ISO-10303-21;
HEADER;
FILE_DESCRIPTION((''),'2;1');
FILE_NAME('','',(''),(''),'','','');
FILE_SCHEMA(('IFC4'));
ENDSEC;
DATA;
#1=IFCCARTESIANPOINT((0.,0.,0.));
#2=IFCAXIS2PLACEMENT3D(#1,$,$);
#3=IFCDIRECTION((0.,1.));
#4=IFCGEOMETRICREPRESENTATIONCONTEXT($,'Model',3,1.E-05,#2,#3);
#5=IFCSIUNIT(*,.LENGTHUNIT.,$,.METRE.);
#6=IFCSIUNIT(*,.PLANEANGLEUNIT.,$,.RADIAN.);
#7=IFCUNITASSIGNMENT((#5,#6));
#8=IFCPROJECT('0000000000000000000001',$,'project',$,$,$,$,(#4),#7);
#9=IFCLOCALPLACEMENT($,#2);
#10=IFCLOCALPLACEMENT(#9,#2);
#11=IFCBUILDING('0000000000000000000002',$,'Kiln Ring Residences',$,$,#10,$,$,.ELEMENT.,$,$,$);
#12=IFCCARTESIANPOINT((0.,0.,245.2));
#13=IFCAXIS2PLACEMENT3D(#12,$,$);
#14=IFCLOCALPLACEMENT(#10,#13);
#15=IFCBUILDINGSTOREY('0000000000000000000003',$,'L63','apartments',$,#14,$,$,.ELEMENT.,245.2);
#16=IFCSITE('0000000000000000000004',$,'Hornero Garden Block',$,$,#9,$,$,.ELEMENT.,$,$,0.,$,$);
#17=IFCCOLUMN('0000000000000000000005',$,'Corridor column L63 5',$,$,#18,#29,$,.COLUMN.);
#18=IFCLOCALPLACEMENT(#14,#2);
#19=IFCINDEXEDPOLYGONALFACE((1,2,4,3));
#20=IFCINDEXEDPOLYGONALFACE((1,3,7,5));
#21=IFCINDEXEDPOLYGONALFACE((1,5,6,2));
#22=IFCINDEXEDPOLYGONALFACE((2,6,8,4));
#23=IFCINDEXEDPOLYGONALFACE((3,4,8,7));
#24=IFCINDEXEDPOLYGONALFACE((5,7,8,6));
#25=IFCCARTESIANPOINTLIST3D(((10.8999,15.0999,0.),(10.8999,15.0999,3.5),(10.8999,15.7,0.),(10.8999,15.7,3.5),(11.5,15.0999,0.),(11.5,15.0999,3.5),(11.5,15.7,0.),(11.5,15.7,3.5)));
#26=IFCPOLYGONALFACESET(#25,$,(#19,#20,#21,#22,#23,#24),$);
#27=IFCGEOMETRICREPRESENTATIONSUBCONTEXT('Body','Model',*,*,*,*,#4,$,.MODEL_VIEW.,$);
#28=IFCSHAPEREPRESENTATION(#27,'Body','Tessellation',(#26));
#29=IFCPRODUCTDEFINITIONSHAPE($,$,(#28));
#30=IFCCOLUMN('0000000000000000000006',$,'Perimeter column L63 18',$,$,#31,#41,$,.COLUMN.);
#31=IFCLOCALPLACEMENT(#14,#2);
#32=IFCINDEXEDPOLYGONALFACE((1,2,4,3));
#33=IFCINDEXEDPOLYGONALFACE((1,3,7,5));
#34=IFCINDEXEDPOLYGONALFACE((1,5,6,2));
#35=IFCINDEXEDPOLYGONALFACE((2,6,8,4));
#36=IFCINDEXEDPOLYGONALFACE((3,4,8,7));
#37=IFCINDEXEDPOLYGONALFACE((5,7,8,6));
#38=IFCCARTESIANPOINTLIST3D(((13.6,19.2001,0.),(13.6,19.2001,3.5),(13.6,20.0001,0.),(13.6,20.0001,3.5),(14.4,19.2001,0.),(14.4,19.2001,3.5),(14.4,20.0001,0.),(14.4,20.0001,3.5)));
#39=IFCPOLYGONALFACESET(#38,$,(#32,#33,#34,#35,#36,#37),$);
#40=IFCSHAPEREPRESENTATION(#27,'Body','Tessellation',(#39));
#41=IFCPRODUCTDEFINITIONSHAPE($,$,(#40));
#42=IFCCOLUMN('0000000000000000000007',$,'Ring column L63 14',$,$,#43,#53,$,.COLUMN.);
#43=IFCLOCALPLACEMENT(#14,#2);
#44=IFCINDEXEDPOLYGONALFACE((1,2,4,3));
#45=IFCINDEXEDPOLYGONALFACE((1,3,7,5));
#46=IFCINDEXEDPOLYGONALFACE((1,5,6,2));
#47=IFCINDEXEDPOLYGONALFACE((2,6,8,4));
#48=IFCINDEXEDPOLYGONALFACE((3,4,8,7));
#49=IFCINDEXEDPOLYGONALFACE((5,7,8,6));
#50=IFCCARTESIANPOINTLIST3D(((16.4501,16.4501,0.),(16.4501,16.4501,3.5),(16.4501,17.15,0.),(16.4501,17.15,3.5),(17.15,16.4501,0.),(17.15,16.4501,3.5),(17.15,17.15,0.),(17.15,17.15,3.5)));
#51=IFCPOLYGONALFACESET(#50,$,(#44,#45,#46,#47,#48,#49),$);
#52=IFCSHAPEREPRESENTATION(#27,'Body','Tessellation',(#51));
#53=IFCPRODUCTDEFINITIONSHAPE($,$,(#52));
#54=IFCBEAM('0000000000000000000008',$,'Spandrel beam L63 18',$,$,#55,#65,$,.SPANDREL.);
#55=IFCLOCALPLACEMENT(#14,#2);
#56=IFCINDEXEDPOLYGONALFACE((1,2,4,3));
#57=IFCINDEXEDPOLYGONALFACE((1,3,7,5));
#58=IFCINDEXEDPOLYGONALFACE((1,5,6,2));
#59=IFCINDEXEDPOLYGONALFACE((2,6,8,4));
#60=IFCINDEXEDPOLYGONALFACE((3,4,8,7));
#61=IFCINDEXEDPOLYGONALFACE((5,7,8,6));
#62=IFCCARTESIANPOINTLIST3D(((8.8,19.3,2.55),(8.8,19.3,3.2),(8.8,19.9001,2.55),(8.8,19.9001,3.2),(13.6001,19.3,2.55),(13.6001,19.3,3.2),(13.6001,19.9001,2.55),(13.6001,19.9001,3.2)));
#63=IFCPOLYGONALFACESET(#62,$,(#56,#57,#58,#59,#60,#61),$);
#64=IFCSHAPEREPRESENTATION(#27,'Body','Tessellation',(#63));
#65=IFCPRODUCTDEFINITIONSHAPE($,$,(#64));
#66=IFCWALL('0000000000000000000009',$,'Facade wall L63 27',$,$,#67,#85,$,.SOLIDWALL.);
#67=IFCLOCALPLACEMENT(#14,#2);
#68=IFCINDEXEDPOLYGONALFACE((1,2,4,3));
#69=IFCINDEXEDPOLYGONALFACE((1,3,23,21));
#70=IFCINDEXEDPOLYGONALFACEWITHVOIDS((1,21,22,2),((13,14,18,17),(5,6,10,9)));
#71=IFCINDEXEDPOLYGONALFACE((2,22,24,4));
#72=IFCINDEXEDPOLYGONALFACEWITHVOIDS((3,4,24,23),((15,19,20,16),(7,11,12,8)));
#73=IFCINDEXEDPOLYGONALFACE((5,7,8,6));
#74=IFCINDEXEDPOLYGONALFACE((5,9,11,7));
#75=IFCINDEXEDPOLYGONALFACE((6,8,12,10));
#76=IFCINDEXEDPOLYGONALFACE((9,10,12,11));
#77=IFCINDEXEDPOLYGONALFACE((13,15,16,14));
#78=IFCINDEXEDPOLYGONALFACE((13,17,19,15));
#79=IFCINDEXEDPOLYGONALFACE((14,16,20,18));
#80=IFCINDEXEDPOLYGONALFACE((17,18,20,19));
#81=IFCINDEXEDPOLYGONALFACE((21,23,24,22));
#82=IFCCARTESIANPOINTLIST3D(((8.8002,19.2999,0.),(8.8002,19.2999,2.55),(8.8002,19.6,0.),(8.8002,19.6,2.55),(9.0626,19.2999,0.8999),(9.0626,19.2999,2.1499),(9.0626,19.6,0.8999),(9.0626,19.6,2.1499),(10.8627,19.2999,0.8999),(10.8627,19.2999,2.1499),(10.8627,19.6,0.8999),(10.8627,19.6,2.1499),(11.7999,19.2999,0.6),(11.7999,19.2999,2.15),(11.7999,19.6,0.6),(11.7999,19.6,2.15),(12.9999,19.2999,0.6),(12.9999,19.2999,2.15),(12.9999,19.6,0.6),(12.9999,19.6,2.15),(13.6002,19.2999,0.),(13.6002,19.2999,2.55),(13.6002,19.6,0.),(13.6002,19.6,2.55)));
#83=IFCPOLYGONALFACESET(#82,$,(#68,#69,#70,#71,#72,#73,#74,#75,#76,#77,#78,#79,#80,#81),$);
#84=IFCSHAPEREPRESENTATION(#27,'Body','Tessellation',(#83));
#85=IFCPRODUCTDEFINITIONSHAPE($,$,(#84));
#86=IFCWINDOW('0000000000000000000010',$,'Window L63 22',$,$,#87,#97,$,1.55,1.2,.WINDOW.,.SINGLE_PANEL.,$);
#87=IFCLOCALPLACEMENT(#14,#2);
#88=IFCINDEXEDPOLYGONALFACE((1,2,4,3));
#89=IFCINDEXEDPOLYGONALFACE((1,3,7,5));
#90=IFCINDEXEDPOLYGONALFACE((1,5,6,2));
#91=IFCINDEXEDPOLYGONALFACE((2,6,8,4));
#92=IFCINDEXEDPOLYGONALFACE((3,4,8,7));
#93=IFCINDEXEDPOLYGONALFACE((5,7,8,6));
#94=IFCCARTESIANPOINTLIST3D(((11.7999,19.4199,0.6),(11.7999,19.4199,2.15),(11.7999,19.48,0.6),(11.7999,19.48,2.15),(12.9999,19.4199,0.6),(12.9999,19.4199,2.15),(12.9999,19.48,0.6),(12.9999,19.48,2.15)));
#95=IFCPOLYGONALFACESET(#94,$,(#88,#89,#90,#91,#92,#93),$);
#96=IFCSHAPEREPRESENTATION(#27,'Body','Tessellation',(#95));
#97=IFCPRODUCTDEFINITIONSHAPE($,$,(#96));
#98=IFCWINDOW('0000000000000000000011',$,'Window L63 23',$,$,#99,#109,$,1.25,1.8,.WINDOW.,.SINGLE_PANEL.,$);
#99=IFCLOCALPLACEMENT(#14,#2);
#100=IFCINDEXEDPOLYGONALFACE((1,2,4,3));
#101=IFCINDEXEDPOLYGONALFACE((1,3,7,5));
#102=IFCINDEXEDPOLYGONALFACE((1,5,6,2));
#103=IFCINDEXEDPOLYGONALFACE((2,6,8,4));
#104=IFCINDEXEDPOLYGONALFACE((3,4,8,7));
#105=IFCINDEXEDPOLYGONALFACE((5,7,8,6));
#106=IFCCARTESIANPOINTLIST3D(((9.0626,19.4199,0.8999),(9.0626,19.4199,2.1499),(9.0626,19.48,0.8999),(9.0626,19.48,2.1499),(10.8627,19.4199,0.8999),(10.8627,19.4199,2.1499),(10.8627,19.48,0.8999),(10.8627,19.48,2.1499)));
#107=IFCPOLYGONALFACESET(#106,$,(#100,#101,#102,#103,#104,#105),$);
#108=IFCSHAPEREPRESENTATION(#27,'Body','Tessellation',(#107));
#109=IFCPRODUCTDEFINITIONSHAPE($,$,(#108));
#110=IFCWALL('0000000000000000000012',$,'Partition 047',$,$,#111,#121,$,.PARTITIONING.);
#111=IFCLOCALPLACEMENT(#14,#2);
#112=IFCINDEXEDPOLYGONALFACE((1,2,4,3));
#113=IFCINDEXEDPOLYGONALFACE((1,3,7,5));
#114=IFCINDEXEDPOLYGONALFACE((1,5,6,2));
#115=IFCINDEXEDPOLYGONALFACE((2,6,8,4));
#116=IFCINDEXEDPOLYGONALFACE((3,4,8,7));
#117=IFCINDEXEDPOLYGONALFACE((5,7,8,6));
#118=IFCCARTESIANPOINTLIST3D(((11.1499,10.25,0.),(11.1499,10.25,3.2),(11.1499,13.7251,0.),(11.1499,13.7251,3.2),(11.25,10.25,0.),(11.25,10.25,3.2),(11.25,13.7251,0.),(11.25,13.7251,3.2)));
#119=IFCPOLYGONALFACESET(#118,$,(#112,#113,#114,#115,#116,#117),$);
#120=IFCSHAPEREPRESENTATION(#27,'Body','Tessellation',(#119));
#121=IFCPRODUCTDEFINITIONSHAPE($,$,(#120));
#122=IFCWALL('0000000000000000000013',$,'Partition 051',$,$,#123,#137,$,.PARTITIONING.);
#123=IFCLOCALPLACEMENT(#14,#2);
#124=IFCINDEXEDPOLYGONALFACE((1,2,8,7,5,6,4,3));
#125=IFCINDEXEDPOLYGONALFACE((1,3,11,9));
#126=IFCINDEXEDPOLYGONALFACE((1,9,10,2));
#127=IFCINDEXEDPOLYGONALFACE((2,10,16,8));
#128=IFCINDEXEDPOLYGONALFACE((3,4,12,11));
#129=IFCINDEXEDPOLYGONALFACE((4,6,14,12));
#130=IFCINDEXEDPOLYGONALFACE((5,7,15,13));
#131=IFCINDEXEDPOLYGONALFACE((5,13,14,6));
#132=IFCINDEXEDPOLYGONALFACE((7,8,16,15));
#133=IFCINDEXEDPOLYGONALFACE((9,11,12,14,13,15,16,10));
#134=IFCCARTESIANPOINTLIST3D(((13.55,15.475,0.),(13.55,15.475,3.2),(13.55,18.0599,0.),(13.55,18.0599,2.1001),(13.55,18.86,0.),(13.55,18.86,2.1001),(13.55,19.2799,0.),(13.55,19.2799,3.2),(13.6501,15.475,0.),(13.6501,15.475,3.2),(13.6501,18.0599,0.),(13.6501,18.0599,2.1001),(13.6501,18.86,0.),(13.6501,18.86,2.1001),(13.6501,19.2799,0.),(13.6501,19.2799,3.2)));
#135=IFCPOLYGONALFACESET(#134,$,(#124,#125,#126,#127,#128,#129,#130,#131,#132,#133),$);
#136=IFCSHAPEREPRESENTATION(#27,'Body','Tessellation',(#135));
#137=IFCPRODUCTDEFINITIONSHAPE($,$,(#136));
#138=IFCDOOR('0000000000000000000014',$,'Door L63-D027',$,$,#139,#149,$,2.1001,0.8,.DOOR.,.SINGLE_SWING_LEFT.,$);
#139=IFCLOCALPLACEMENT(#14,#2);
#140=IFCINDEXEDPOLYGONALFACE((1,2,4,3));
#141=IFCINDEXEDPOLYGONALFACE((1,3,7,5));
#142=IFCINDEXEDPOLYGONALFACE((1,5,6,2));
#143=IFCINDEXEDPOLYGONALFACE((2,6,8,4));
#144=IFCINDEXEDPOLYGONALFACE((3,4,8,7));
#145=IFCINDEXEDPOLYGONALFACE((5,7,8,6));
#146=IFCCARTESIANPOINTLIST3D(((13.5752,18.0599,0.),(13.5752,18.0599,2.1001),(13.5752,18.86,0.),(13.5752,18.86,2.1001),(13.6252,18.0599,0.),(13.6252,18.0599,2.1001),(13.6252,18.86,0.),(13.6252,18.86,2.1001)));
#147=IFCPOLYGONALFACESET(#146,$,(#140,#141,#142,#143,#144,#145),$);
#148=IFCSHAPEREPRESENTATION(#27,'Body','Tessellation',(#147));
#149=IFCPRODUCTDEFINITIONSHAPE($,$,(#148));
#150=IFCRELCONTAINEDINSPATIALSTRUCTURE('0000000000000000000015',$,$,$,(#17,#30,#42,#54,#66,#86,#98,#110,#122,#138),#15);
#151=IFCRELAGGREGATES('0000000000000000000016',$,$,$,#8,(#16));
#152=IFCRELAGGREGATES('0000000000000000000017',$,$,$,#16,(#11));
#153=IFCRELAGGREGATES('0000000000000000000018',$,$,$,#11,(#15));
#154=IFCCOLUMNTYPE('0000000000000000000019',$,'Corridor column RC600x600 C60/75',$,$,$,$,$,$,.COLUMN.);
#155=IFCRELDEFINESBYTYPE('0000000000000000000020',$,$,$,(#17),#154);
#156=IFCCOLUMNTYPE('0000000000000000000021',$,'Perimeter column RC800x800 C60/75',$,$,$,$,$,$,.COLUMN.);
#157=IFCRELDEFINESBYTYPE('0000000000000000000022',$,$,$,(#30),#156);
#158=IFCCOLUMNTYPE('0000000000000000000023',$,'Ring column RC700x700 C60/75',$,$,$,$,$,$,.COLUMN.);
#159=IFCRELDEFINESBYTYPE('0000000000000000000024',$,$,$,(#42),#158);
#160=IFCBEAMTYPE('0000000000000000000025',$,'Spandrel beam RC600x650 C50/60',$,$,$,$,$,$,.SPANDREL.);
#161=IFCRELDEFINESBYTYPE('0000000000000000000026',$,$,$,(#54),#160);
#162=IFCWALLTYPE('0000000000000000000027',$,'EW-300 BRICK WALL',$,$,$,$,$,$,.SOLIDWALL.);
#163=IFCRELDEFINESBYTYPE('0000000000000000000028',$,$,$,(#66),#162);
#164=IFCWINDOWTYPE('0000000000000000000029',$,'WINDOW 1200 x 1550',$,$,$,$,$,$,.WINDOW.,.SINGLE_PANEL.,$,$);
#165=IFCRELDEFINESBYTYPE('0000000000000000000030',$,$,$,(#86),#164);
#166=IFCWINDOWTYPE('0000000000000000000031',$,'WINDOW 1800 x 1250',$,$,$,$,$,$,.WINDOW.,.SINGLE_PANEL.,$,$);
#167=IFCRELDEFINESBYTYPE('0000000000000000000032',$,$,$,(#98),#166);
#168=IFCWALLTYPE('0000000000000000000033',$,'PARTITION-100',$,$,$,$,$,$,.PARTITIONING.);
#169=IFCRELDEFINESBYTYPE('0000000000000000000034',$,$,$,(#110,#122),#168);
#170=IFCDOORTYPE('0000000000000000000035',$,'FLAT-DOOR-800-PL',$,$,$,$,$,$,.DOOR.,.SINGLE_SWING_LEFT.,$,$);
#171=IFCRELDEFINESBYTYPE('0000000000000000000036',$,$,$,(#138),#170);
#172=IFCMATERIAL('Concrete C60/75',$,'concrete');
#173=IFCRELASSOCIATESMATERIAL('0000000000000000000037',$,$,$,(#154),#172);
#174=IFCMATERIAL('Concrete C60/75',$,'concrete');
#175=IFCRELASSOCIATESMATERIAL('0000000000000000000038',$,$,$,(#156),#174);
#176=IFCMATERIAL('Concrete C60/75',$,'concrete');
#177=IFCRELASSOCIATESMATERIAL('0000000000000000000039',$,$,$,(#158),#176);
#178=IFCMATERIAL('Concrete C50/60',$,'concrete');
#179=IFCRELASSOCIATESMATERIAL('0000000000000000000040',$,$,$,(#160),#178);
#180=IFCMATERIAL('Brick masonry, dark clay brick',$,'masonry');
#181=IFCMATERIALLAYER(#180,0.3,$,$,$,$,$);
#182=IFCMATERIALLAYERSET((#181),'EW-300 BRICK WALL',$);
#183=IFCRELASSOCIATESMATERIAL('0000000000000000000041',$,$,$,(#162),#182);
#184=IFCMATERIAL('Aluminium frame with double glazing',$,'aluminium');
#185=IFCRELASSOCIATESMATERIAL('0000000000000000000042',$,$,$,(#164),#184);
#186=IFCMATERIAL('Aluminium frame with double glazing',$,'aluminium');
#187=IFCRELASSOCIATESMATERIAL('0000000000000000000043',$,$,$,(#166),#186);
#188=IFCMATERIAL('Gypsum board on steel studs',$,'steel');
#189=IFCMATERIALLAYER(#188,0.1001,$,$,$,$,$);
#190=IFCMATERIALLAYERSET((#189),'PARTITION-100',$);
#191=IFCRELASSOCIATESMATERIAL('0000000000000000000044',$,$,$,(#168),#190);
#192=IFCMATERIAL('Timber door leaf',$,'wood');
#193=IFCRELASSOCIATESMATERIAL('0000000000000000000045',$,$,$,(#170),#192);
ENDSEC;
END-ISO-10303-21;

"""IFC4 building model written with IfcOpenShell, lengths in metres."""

from ifc_helpers import new_model, si_unit, direction, frame, frame_2d, origin, origin_2d, place, context, subcontext, project, spatial, rectangle, extrude, material, layer, layer_set, material_profile, profile_set, type_object, element, fill, save


model = new_model("IFC4")

# Units and contexts
model_context = context("Model", 3, precision=1e-05, world=origin(), true_north=direction((0.0, 1.0)))
body_context = subcontext(model_context, "Body", "Model", "MODEL_VIEW")
ifc_project = project(units=[si_unit("LENGTHUNIT", "METRE"), si_unit("PLANEANGLEUNIT", "RADIAN")], contexts=[model_context])

# Site, building, storey
site_placement = place(None, origin())
site = spatial("IfcSite", under=ifc_project, at=site_placement, Name="Hornero Garden Block", CompositionType="ELEMENT", RefElevation=0.0)
building_placement = place(site_placement, origin())
building = spatial("IfcBuilding", under=site, at=building_placement, Name="Kiln Ring Residences", CompositionType="ELEMENT")
storey_placement = place(building_placement, frame((0.0, 0.0, 245.2)))
storey = spatial("IfcBuildingStorey", under=building, at=storey_placement, Name="L63", Description="apartments", CompositionType="ELEMENT", Elevation=245.2)

# Columns
ifc_material_1 = material(Name="Concrete C60/75", Category="concrete")
ifc_material_profile_1 = material_profile(ifc_material_1, rectangle(XDim=0.6001, YDim=0.6001, at=origin_2d()), Name="RC600x600")
ifc_profile_set_1 = profile_set([ifc_material_profile_1], Name="Concrete C60/75")
column_type_1 = type_object("IfcColumnType", Name="Corridor column RC600x600 C60/75", PredefinedType="COLUMN", material=ifc_profile_set_1)
column_1_placement = place(storey_placement, frame((11.2, 15.3999, 0.0), z_axis=(0.0, 0.0, 1.0), x_axis=(1.0, 0.0, 0.0)))
element("IfcColumn", 1, at=column_1_placement, inside=storey, type_object=column_type_1, Name="Corridor column L63 5", PredefinedType="COLUMN", context=body_context, shape_type="SweptSolid", body=[
    extrude(rectangle(XDim=0.6001, YDim=0.6001, at=origin_2d()), origin(), (0.0, 0.0, 1.0), 3.5),
])
ifc_material_2 = material(Name="Concrete C60/75", Category="concrete")
ifc_material_profile_2 = material_profile(ifc_material_2, rectangle(XDim=0.8, YDim=0.8, at=origin_2d()), Name="RC800x800")
ifc_profile_set_2 = profile_set([ifc_material_profile_2], Name="Concrete C60/75")
column_type_2 = type_object("IfcColumnType", Name="Perimeter column RC800x800 C60/75", PredefinedType="COLUMN", material=ifc_profile_set_2)
column_2_placement = place(storey_placement, frame((14.0, 19.6001, 0.0), z_axis=(0.0, 0.0, 1.0), x_axis=(1.0, 0.0, 0.0)))
element("IfcColumn", 2, at=column_2_placement, inside=storey, type_object=column_type_2, Name="Perimeter column L63 18", PredefinedType="COLUMN", context=body_context, shape_type="SweptSolid", body=[
    extrude(rectangle(XDim=0.8, YDim=0.8, at=origin_2d()), origin(), (0.0, 0.0, 1.0), 3.5),
])
ifc_material_3 = material(Name="Concrete C60/75", Category="concrete")
ifc_material_profile_3 = material_profile(ifc_material_3, rectangle(XDim=0.7, YDim=0.7, at=origin_2d()), Name="RC700x700")
ifc_profile_set_3 = profile_set([ifc_material_profile_3], Name="Concrete C60/75")
column_type_3 = type_object("IfcColumnType", Name="Ring column RC700x700 C60/75", PredefinedType="COLUMN", material=ifc_profile_set_3)
column_3_placement = place(storey_placement, frame((16.8, 16.8, 0.0), z_axis=(0.0, 0.0, 1.0), x_axis=(1.0, 0.0, 0.0)))
element("IfcColumn", 3, at=column_3_placement, inside=storey, type_object=column_type_3, Name="Ring column L63 14", PredefinedType="COLUMN", context=body_context, shape_type="SweptSolid", body=[
    extrude(rectangle(XDim=0.7, YDim=0.7, at=origin_2d()), origin(), (0.0, 0.0, 1.0), 3.5),
])

# Beam
ifc_material_4 = material(Name="Concrete C50/60", Category="concrete")
ifc_material_profile_4 = material_profile(ifc_material_4, rectangle(XDim=0.6001, YDim=0.6499, at=origin_2d()), Name="RC600x650")
ifc_profile_set_4 = profile_set([ifc_material_profile_4], Name="Concrete C50/60")
beam_type = type_object("IfcBeamType", Name="Spandrel beam RC600x650 C50/60", PredefinedType="SPANDREL", material=ifc_profile_set_4)
beam_placement = place(storey_placement, frame((13.6001, 19.6001, 2.875), z_axis=(-1.0, 0.0, 0.0), x_axis=(0.0, -1.0, 0.0)))
element("IfcBeam", 4, at=beam_placement, inside=storey, type_object=beam_type, Name="Spandrel beam L63 18", PredefinedType="SPANDREL", context=body_context, shape_type="SweptSolid", body=[
    extrude(rectangle(XDim=0.6001, YDim=0.6499, at=origin_2d()), origin(), (0.0, 0.0, 1.0), 4.8),
])

# Wall, openings, windows
ifc_material_5 = material(Name="Brick masonry, dark clay brick", Category="masonry")
ifc_layer_1 = layer(ifc_material_5, 0.3)
ifc_layer_set_1 = layer_set([ifc_layer_1], Name="EW-300 BRICK WALL")
wall_type_1 = type_object("IfcWallType", Name="EW-300 BRICK WALL", PredefinedType="SOLIDWALL", material=ifc_layer_set_1)
wall_1_placement = place(storey_placement, frame((13.6001, 19.45, 0.0), z_axis=(0.0, 0.0, 1.0), x_axis=(-1.0, 0.0, 0.0)))
wall_1 = element("IfcWall", 5, at=wall_1_placement, inside=storey, type_object=wall_type_1, Name="Facade wall L63 27", PredefinedType="SOLIDWALL", context=body_context, shape_type="SweptSolid", body=[
    extrude(rectangle(XDim=4.8, YDim=0.3, at=frame_2d((2.3999, 0.0))), origin(), (0.0, 0.0, 1.0), 2.55),
])
opening_1_placement = place(wall_1_placement, frame((0.6001, 0.0, 0.6001)))
opening_1 = element("IfcOpeningElement", 6, at=opening_1_placement, cuts=wall_1, PredefinedType="OPENING", context=body_context, shape_type="SweptSolid", body=[
    extrude(rectangle(XDim=1.2, YDim=1.55, at=frame_2d((0.6001, 0.7749))), frame((0.0, 0.1599, 0.0), z_axis=(0.0, -1.0, 0.0), x_axis=(1.0, 0.0, 0.0)), (0.0, 0.0, 1.0), 0.3201),
])
opening_2_placement = place(wall_1_placement, frame((2.7375, 0.0, 0.8999)))
opening_2 = element("IfcOpeningElement", 7, at=opening_2_placement, cuts=wall_1, PredefinedType="OPENING", context=body_context, shape_type="SweptSolid", body=[
    extrude(rectangle(XDim=1.8, YDim=1.25, at=frame_2d((0.8999, 0.625))), frame((0.0, 0.1599, 0.0), z_axis=(0.0, -1.0, 0.0), x_axis=(1.0, 0.0, 0.0)), (0.0, 0.0, 1.0), 0.3201),
])
ifc_material_6 = material(Name="Aluminium frame with double glazing", Category="aluminium")
window_type_1 = type_object("IfcWindowType", Name="WINDOW 1200 x 1550", PartitioningType="SINGLE_PANEL", PredefinedType="WINDOW", material=ifc_material_6)
window_1_placement = place(opening_1_placement, origin())
window_1 = element("IfcWindow", 8, at=window_1_placement, inside=storey, type_object=window_type_1, Name="Window L63 22", OverallHeight=1.55, OverallWidth=1.2, PartitioningType="SINGLE_PANEL", PredefinedType="WINDOW", context=body_context, shape_type="SweptSolid", body=[
    extrude(rectangle(XDim=1.2, YDim=1.55, at=frame_2d((0.6001, 0.7749))), frame((0.0, 0.03, 0.0), z_axis=(0.0, -1.0, 0.0), x_axis=(1.0, 0.0, 0.0)), (0.0, 0.0, 1.0), 0.0601),
])
fill(opening_1, window_1)
ifc_material_7 = material(Name="Aluminium frame with double glazing", Category="aluminium")
window_type_2 = type_object("IfcWindowType", Name="WINDOW 1800 x 1250", PartitioningType="SINGLE_PANEL", PredefinedType="WINDOW", material=ifc_material_7)
window_2_placement = place(opening_2_placement, origin())
window_2 = element("IfcWindow", 9, at=window_2_placement, inside=storey, type_object=window_type_2, Name="Window L63 23", OverallHeight=1.25, OverallWidth=1.8, PartitioningType="SINGLE_PANEL", PredefinedType="WINDOW", context=body_context, shape_type="SweptSolid", body=[
    extrude(rectangle(XDim=1.8, YDim=1.25, at=frame_2d((0.8999, 0.625))), frame((0.0, 0.03, 0.0), z_axis=(0.0, -1.0, 0.0), x_axis=(1.0, 0.0, 0.0)), (0.0, 0.0, 1.0), 0.0601),
])
fill(opening_2, window_2)

# Wall
ifc_material_8 = material(Name="Gypsum board on steel studs", Category="steel")
ifc_layer_2 = layer(ifc_material_8, 0.1001)
ifc_layer_set_2 = layer_set([ifc_layer_2], Name="PARTITION-100")
wall_type_2 = type_object("IfcWallType", Name="PARTITION-100", PredefinedType="PARTITIONING", material=ifc_layer_set_2)
wall_2_placement = place(storey_placement, frame((11.2, 10.25, 0.0), z_axis=(0.0, 0.0, 1.0), x_axis=(0.0, 1.0, 0.0)))
element("IfcWall", 10, at=wall_2_placement, inside=storey, type_object=wall_type_2, Name="Partition 047", PredefinedType="PARTITIONING", context=body_context, shape_type="SweptSolid", body=[
    extrude(rectangle(XDim=3.4751, YDim=0.1001, at=frame_2d((1.7375, 0.0))), origin(), (0.0, 0.0, 1.0), 3.2),
])

# Wall, opening, door
wall_3_placement = place(storey_placement, frame((13.6001, 15.4751, 0.0), z_axis=(0.0, 0.0, 1.0), x_axis=(0.0, 1.0, 0.0)))
wall_3 = element("IfcWall", 11, at=wall_3_placement, inside=storey, type_object=wall_type_2, Name="Partition 051", PredefinedType="PARTITIONING", context=body_context, shape_type="SweptSolid", body=[
    extrude(rectangle(XDim=3.8049, YDim=0.1001, at=frame_2d((1.9023, 0.0))), origin(), (0.0, 0.0, 1.0), 3.2),
])
opening_3_placement = place(wall_3_placement, frame((2.585, 0.0, 0.0)))
opening_3 = element("IfcOpeningElement", 12, at=opening_3_placement, cuts=wall_3, PredefinedType="OPENING", context=body_context, shape_type="SweptSolid", body=[
    extrude(rectangle(XDim=0.8, YDim=2.1001, at=frame_2d((0.3999, 1.05))), frame((0.0, 0.0601, 0.0), z_axis=(0.0, -1.0, 0.0), x_axis=(1.0, 0.0, 0.0)), (0.0, 0.0, 1.0), 0.1201),
])
ifc_material_9 = material(Name="Timber door leaf", Category="wood")
door_type_1 = type_object("IfcDoorType", Name="FLAT-DOOR-800-PL", OperationType="SINGLE_SWING_LEFT", PredefinedType="DOOR", material=ifc_material_9)
door_1_placement = place(opening_3_placement, origin())
door_1 = element("IfcDoor", 13, at=door_1_placement, inside=storey, type_object=door_type_1, Name="Door L63-D027", OperationType="SINGLE_SWING_LEFT", OverallHeight=2.1001, OverallWidth=0.8, PredefinedType="DOOR", context=body_context, shape_type="SweptSolid", body=[
    extrude(rectangle(XDim=0.8, YDim=2.1001, at=frame_2d((0.3999, 1.05))), frame((0.0, 0.0249, 0.0), z_axis=(0.0, -1.0, 0.0), x_axis=(1.0, 0.0, 0.0)), (0.0, 0.0, 1.0), 0.05),
])
fill(opening_3, door_1)

save(model, "model.ifc")
